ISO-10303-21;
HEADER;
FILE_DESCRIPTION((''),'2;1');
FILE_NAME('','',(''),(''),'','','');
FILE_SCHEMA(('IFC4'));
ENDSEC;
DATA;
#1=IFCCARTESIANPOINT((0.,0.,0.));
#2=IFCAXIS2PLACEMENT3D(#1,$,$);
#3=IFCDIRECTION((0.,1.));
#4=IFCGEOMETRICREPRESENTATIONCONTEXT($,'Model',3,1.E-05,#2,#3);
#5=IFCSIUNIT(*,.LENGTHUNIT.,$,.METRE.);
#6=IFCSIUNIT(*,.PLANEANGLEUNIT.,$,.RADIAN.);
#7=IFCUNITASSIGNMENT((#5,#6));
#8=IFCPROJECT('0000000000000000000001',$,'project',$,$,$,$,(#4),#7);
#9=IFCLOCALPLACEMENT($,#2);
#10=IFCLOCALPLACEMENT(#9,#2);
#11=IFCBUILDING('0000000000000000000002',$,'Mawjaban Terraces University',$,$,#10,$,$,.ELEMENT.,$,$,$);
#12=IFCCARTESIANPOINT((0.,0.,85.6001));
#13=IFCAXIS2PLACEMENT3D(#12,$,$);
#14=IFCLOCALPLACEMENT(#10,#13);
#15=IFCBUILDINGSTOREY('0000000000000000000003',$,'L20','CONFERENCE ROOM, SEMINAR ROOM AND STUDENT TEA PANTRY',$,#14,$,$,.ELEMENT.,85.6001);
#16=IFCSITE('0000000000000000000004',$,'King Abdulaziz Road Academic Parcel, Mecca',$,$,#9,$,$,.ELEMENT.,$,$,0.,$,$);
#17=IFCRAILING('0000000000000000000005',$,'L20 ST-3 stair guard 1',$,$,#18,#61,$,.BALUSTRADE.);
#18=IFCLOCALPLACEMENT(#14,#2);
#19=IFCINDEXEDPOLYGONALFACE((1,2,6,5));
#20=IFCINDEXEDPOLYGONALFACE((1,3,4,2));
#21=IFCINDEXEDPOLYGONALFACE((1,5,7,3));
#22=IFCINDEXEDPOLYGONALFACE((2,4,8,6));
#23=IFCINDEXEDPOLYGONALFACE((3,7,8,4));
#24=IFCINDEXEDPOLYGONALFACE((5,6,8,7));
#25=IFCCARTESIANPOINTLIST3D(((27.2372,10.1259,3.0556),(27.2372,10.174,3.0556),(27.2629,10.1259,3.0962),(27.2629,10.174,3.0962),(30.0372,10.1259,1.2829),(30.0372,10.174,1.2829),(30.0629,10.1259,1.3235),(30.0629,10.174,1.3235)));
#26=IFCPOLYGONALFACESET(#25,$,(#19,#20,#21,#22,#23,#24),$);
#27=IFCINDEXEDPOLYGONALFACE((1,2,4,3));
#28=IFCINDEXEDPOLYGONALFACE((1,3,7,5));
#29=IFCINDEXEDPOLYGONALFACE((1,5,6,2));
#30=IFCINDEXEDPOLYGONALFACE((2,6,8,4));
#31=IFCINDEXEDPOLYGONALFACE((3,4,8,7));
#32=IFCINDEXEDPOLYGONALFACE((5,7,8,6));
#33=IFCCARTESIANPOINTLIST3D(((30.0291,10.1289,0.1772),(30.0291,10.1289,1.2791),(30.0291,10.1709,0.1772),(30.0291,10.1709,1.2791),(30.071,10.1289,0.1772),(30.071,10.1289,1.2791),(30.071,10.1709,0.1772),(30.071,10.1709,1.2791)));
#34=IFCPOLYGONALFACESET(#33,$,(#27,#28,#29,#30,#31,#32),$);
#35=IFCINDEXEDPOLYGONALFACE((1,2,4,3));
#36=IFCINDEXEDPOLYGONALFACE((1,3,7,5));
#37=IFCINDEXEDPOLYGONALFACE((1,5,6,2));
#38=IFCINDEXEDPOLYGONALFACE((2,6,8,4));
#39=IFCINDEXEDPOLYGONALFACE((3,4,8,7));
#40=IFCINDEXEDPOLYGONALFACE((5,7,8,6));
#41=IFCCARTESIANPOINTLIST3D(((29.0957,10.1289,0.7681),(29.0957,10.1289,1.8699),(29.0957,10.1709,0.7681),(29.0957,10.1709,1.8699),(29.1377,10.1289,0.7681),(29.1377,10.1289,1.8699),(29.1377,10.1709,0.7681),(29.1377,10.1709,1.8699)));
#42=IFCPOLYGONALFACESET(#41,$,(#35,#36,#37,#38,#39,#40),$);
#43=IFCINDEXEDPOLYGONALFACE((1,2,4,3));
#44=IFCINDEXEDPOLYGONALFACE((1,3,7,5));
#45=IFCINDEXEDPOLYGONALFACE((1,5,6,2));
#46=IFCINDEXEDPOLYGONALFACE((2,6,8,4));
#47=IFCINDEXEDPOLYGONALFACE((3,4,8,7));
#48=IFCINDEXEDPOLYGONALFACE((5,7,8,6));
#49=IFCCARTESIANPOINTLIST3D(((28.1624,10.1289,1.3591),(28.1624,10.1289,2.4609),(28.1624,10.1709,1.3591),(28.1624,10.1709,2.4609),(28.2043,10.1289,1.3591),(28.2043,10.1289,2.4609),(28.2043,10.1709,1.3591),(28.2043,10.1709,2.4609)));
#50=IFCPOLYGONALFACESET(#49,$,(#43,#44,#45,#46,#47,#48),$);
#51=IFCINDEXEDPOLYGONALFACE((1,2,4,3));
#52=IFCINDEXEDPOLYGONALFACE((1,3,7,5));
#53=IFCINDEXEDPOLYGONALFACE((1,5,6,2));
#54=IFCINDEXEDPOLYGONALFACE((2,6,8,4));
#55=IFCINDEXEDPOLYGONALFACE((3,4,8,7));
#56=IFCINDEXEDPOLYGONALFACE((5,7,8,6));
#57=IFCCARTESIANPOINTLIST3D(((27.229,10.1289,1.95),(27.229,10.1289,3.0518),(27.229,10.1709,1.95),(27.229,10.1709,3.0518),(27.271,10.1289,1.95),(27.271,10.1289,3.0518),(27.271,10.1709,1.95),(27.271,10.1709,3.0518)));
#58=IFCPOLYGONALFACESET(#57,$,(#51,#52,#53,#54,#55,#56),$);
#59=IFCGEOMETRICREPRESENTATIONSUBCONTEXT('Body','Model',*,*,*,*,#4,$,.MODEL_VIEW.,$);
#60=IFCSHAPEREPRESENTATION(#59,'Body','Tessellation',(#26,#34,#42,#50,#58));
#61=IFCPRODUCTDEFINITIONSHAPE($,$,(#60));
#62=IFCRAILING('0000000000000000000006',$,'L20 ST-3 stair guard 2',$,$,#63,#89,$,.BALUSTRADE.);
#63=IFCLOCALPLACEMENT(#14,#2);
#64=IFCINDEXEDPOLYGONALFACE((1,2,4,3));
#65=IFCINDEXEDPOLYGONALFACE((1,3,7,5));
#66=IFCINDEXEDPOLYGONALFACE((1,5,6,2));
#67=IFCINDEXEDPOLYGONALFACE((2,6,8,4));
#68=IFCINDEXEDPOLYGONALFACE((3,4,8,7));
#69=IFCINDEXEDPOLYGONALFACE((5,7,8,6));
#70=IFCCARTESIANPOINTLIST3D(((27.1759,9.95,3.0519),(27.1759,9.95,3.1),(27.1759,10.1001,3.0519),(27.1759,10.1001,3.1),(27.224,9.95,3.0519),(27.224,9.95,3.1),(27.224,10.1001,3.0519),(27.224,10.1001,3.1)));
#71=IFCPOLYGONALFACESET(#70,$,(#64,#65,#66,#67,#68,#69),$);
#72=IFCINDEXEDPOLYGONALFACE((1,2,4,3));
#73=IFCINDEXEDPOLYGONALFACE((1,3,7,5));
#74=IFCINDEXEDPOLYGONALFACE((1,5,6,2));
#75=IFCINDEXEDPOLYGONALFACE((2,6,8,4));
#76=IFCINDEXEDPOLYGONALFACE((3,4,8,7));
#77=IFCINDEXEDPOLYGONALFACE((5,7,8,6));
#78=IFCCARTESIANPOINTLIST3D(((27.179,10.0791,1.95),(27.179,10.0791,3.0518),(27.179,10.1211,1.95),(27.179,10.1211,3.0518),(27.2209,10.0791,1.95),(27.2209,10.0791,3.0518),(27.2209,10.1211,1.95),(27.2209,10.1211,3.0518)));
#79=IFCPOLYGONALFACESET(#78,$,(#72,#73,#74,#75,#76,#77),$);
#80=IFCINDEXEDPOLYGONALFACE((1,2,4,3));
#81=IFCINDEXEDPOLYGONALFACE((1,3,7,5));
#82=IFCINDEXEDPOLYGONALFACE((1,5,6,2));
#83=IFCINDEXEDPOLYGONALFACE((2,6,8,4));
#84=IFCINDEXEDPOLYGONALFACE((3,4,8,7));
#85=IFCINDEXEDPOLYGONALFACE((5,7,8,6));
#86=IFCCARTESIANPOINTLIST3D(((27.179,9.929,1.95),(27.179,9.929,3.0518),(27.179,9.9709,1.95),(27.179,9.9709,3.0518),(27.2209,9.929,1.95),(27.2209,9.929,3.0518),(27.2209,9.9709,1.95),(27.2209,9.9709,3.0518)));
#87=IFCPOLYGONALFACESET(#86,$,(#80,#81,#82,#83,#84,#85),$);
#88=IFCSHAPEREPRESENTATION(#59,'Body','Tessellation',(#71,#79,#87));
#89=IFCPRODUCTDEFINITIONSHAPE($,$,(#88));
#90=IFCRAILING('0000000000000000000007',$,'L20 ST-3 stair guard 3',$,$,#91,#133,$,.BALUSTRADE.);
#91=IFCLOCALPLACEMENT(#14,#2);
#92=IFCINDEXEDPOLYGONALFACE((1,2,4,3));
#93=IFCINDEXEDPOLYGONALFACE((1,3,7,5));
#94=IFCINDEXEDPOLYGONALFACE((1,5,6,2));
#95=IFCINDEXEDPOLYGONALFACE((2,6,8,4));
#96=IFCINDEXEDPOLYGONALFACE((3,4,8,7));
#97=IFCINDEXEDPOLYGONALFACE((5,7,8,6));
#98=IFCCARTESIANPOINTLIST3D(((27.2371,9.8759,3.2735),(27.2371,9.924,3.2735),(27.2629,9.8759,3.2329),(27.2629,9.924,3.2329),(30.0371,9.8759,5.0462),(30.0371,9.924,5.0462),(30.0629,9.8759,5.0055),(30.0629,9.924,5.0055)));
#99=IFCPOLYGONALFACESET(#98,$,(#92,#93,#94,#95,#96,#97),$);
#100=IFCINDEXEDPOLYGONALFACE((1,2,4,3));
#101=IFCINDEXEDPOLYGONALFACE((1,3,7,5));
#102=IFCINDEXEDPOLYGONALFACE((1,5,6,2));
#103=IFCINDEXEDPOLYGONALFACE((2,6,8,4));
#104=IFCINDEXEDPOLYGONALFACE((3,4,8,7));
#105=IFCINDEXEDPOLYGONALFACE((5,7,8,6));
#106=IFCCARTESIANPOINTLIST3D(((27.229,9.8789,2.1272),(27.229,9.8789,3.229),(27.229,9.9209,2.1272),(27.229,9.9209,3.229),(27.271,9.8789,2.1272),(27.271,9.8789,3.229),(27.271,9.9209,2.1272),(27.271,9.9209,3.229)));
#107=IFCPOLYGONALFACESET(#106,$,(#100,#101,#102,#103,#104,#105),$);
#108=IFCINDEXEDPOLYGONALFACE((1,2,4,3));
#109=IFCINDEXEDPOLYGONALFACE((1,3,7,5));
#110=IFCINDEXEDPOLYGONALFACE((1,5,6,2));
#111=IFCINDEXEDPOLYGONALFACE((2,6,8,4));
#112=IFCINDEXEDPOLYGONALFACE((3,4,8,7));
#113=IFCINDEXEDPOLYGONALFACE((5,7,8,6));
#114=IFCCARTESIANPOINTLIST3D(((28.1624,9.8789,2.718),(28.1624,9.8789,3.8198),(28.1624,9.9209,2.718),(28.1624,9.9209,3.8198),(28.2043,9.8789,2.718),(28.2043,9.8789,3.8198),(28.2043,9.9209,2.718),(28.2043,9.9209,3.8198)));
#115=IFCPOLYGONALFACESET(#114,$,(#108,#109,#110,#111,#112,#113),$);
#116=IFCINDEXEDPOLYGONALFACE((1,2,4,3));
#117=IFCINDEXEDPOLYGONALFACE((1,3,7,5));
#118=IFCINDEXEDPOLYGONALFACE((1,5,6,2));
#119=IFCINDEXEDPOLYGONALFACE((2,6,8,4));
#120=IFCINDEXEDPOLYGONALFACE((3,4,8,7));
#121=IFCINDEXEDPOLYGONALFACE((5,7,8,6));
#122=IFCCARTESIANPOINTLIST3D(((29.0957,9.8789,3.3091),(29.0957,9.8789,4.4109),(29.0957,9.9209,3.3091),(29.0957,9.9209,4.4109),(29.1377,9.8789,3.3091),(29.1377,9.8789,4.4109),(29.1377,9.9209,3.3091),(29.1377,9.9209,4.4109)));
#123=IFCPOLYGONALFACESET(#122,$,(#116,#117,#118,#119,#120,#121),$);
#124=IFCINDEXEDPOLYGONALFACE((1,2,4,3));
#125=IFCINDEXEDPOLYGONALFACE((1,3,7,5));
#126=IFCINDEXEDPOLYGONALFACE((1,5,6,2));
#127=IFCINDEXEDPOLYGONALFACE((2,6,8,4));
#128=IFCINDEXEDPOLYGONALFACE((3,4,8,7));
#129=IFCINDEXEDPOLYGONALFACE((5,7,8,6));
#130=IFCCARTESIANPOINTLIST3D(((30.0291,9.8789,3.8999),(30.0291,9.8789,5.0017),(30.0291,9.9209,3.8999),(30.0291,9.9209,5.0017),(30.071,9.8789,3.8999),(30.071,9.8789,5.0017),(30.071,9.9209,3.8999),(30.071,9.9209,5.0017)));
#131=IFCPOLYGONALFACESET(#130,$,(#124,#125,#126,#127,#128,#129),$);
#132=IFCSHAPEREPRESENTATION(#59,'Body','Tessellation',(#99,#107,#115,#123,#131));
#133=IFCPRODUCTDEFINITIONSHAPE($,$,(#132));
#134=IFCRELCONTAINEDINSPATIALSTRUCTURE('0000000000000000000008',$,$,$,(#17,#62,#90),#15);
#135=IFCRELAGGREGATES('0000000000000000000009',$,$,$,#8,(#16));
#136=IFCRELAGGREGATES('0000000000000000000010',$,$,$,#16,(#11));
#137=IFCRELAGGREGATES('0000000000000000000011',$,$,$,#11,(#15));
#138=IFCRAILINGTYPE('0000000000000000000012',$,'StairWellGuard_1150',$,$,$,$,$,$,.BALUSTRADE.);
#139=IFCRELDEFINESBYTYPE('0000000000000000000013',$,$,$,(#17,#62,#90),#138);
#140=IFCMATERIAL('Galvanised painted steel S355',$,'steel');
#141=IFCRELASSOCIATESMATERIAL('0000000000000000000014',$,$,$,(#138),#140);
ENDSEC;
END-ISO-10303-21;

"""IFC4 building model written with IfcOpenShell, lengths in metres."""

from ifc_helpers import new_model, si_unit, direction, frame, origin, origin_2d, place, context, subcontext, project, spatial, rectangle, extrude, material, type_object, element, save


model = new_model("IFC4")

# Units and contexts
model_context = context("Model", 3, precision=1e-05, world=origin(), true_north=direction((0.0, 1.0)))
body_context = subcontext(model_context, "Body", "Model", "MODEL_VIEW")
ifc_project = project(units=[si_unit("LENGTHUNIT", "METRE"), si_unit("PLANEANGLEUNIT", "RADIAN")], contexts=[model_context])

# Site, building, storey
site_placement = place(None, origin())
site = spatial("IfcSite", under=ifc_project, at=site_placement, Name="King Abdulaziz Road Academic Parcel, Mecca", CompositionType="ELEMENT", RefElevation=0.0)
building_placement = place(site_placement, origin())
building = spatial("IfcBuilding", under=site, at=building_placement, Name="Mawjaban Terraces University", CompositionType="ELEMENT")
storey_placement = place(building_placement, frame((0.0, 0.0, 85.6001)))
storey = spatial("IfcBuildingStorey", under=building, at=storey_placement, Name="L20", Description="CONFERENCE ROOM, SEMINAR ROOM AND STUDENT TEA PANTRY", CompositionType="ELEMENT", Elevation=85.6001)

# Railings
ifc_material_1 = material(Name="Galvanised painted steel S355", Category="steel")
railing_type_1 = type_object("IfcRailingType", Name="StairWellGuard_1150", PredefinedType="BALUSTRADE", material=ifc_material_1)
railing_1_placement = place(storey_placement, frame((30.05, 10.1499, 0.1772)))
element("IfcRailing", 1, at=railing_1_placement, inside=storey, type_object=railing_type_1, Name="L20 ST-3 stair guard 1", PredefinedType="BALUSTRADE", context=body_context, shape_type="SweptSolid", body=[
    extrude(rectangle(XDim=0.0481, YDim=0.0481, at=origin_2d()), frame((0.0, 0.0, 1.126), z_axis=(-0.844909, 0.0, 0.53491), x_axis=(0.0, -1.0, 0.0)), (0.0, 0.0, 1.0), 3.314),
    extrude(rectangle(XDim=0.042, YDim=0.042, at=origin_2d()), origin(), (0.0, 0.0, 1.0), 1.1018),
    extrude(rectangle(XDim=0.042, YDim=0.042, at=origin_2d()), frame((-0.9333, 0.0, 0.5908)), (0.0, 0.0, 1.0), 1.1018),
    extrude(rectangle(XDim=0.042, YDim=0.042, at=origin_2d()), frame((-1.8667, 0.0, 1.1819)), (0.0, 0.0, 1.0), 1.1018),
    extrude(rectangle(XDim=0.042, YDim=0.042, at=origin_2d()), frame((-2.8, 0.0, 1.7727)), (0.0, 0.0, 1.0), 1.1018),
])
railing_2_placement = place(storey_placement, frame((27.2, 10.1001, 1.95)))
element("IfcRailing", 2, at=railing_2_placement, inside=storey, type_object=railing_type_1, Name="L20 ST-3 stair guard 2", PredefinedType="BALUSTRADE", context=body_context, shape_type="SweptSolid", body=[
    extrude(rectangle(XDim=0.0481, YDim=0.0481, at=origin_2d()), frame((0.0, 0.0, 1.126), z_axis=(0.0, -1.0, 0.0), x_axis=(1.0, 0.0, 0.0)), (0.0, 0.0, 1.0), 0.1501),
    extrude(rectangle(XDim=0.042, YDim=0.042, at=origin_2d()), origin(), (0.0, 0.0, 1.0), 1.1018),
    extrude(rectangle(XDim=0.042, YDim=0.042, at=origin_2d()), frame((0.0, -0.1501, 0.0)), (0.0, 0.0, 1.0), 1.1018),
])
railing_3_placement = place(storey_placement, frame((27.25, 9.8999, 2.1272)))
element("IfcRailing", 3, at=railing_3_placement, inside=storey, type_object=railing_type_1, Name="L20 ST-3 stair guard 3", PredefinedType="BALUSTRADE", context=body_context, shape_type="SweptSolid", body=[
    extrude(rectangle(XDim=0.0481, YDim=0.0481, at=origin_2d()), frame((0.0, 0.0, 1.126), z_axis=(0.844909, 0.0, 0.53491), x_axis=(0.0, 1.0, 0.0)), (0.0, 0.0, 1.0), 3.314),
    extrude(rectangle(XDim=0.042, YDim=0.042, at=origin_2d()), origin(), (0.0, 0.0, 1.0), 1.1018),
    extrude(rectangle(XDim=0.042, YDim=0.042, at=origin_2d()), frame((0.9333, 0.0, 0.5908)), (0.0, 0.0, 1.0), 1.1018),
    extrude(rectangle(XDim=0.042, YDim=0.042, at=origin_2d()), frame((1.8667, 0.0, 1.1819)), (0.0, 0.0, 1.0), 1.1018),
    extrude(rectangle(XDim=0.042, YDim=0.042, at=origin_2d()), frame((2.8, 0.0, 1.7727)), (0.0, 0.0, 1.0), 1.1018),
])

save(model, "model.ifc")
